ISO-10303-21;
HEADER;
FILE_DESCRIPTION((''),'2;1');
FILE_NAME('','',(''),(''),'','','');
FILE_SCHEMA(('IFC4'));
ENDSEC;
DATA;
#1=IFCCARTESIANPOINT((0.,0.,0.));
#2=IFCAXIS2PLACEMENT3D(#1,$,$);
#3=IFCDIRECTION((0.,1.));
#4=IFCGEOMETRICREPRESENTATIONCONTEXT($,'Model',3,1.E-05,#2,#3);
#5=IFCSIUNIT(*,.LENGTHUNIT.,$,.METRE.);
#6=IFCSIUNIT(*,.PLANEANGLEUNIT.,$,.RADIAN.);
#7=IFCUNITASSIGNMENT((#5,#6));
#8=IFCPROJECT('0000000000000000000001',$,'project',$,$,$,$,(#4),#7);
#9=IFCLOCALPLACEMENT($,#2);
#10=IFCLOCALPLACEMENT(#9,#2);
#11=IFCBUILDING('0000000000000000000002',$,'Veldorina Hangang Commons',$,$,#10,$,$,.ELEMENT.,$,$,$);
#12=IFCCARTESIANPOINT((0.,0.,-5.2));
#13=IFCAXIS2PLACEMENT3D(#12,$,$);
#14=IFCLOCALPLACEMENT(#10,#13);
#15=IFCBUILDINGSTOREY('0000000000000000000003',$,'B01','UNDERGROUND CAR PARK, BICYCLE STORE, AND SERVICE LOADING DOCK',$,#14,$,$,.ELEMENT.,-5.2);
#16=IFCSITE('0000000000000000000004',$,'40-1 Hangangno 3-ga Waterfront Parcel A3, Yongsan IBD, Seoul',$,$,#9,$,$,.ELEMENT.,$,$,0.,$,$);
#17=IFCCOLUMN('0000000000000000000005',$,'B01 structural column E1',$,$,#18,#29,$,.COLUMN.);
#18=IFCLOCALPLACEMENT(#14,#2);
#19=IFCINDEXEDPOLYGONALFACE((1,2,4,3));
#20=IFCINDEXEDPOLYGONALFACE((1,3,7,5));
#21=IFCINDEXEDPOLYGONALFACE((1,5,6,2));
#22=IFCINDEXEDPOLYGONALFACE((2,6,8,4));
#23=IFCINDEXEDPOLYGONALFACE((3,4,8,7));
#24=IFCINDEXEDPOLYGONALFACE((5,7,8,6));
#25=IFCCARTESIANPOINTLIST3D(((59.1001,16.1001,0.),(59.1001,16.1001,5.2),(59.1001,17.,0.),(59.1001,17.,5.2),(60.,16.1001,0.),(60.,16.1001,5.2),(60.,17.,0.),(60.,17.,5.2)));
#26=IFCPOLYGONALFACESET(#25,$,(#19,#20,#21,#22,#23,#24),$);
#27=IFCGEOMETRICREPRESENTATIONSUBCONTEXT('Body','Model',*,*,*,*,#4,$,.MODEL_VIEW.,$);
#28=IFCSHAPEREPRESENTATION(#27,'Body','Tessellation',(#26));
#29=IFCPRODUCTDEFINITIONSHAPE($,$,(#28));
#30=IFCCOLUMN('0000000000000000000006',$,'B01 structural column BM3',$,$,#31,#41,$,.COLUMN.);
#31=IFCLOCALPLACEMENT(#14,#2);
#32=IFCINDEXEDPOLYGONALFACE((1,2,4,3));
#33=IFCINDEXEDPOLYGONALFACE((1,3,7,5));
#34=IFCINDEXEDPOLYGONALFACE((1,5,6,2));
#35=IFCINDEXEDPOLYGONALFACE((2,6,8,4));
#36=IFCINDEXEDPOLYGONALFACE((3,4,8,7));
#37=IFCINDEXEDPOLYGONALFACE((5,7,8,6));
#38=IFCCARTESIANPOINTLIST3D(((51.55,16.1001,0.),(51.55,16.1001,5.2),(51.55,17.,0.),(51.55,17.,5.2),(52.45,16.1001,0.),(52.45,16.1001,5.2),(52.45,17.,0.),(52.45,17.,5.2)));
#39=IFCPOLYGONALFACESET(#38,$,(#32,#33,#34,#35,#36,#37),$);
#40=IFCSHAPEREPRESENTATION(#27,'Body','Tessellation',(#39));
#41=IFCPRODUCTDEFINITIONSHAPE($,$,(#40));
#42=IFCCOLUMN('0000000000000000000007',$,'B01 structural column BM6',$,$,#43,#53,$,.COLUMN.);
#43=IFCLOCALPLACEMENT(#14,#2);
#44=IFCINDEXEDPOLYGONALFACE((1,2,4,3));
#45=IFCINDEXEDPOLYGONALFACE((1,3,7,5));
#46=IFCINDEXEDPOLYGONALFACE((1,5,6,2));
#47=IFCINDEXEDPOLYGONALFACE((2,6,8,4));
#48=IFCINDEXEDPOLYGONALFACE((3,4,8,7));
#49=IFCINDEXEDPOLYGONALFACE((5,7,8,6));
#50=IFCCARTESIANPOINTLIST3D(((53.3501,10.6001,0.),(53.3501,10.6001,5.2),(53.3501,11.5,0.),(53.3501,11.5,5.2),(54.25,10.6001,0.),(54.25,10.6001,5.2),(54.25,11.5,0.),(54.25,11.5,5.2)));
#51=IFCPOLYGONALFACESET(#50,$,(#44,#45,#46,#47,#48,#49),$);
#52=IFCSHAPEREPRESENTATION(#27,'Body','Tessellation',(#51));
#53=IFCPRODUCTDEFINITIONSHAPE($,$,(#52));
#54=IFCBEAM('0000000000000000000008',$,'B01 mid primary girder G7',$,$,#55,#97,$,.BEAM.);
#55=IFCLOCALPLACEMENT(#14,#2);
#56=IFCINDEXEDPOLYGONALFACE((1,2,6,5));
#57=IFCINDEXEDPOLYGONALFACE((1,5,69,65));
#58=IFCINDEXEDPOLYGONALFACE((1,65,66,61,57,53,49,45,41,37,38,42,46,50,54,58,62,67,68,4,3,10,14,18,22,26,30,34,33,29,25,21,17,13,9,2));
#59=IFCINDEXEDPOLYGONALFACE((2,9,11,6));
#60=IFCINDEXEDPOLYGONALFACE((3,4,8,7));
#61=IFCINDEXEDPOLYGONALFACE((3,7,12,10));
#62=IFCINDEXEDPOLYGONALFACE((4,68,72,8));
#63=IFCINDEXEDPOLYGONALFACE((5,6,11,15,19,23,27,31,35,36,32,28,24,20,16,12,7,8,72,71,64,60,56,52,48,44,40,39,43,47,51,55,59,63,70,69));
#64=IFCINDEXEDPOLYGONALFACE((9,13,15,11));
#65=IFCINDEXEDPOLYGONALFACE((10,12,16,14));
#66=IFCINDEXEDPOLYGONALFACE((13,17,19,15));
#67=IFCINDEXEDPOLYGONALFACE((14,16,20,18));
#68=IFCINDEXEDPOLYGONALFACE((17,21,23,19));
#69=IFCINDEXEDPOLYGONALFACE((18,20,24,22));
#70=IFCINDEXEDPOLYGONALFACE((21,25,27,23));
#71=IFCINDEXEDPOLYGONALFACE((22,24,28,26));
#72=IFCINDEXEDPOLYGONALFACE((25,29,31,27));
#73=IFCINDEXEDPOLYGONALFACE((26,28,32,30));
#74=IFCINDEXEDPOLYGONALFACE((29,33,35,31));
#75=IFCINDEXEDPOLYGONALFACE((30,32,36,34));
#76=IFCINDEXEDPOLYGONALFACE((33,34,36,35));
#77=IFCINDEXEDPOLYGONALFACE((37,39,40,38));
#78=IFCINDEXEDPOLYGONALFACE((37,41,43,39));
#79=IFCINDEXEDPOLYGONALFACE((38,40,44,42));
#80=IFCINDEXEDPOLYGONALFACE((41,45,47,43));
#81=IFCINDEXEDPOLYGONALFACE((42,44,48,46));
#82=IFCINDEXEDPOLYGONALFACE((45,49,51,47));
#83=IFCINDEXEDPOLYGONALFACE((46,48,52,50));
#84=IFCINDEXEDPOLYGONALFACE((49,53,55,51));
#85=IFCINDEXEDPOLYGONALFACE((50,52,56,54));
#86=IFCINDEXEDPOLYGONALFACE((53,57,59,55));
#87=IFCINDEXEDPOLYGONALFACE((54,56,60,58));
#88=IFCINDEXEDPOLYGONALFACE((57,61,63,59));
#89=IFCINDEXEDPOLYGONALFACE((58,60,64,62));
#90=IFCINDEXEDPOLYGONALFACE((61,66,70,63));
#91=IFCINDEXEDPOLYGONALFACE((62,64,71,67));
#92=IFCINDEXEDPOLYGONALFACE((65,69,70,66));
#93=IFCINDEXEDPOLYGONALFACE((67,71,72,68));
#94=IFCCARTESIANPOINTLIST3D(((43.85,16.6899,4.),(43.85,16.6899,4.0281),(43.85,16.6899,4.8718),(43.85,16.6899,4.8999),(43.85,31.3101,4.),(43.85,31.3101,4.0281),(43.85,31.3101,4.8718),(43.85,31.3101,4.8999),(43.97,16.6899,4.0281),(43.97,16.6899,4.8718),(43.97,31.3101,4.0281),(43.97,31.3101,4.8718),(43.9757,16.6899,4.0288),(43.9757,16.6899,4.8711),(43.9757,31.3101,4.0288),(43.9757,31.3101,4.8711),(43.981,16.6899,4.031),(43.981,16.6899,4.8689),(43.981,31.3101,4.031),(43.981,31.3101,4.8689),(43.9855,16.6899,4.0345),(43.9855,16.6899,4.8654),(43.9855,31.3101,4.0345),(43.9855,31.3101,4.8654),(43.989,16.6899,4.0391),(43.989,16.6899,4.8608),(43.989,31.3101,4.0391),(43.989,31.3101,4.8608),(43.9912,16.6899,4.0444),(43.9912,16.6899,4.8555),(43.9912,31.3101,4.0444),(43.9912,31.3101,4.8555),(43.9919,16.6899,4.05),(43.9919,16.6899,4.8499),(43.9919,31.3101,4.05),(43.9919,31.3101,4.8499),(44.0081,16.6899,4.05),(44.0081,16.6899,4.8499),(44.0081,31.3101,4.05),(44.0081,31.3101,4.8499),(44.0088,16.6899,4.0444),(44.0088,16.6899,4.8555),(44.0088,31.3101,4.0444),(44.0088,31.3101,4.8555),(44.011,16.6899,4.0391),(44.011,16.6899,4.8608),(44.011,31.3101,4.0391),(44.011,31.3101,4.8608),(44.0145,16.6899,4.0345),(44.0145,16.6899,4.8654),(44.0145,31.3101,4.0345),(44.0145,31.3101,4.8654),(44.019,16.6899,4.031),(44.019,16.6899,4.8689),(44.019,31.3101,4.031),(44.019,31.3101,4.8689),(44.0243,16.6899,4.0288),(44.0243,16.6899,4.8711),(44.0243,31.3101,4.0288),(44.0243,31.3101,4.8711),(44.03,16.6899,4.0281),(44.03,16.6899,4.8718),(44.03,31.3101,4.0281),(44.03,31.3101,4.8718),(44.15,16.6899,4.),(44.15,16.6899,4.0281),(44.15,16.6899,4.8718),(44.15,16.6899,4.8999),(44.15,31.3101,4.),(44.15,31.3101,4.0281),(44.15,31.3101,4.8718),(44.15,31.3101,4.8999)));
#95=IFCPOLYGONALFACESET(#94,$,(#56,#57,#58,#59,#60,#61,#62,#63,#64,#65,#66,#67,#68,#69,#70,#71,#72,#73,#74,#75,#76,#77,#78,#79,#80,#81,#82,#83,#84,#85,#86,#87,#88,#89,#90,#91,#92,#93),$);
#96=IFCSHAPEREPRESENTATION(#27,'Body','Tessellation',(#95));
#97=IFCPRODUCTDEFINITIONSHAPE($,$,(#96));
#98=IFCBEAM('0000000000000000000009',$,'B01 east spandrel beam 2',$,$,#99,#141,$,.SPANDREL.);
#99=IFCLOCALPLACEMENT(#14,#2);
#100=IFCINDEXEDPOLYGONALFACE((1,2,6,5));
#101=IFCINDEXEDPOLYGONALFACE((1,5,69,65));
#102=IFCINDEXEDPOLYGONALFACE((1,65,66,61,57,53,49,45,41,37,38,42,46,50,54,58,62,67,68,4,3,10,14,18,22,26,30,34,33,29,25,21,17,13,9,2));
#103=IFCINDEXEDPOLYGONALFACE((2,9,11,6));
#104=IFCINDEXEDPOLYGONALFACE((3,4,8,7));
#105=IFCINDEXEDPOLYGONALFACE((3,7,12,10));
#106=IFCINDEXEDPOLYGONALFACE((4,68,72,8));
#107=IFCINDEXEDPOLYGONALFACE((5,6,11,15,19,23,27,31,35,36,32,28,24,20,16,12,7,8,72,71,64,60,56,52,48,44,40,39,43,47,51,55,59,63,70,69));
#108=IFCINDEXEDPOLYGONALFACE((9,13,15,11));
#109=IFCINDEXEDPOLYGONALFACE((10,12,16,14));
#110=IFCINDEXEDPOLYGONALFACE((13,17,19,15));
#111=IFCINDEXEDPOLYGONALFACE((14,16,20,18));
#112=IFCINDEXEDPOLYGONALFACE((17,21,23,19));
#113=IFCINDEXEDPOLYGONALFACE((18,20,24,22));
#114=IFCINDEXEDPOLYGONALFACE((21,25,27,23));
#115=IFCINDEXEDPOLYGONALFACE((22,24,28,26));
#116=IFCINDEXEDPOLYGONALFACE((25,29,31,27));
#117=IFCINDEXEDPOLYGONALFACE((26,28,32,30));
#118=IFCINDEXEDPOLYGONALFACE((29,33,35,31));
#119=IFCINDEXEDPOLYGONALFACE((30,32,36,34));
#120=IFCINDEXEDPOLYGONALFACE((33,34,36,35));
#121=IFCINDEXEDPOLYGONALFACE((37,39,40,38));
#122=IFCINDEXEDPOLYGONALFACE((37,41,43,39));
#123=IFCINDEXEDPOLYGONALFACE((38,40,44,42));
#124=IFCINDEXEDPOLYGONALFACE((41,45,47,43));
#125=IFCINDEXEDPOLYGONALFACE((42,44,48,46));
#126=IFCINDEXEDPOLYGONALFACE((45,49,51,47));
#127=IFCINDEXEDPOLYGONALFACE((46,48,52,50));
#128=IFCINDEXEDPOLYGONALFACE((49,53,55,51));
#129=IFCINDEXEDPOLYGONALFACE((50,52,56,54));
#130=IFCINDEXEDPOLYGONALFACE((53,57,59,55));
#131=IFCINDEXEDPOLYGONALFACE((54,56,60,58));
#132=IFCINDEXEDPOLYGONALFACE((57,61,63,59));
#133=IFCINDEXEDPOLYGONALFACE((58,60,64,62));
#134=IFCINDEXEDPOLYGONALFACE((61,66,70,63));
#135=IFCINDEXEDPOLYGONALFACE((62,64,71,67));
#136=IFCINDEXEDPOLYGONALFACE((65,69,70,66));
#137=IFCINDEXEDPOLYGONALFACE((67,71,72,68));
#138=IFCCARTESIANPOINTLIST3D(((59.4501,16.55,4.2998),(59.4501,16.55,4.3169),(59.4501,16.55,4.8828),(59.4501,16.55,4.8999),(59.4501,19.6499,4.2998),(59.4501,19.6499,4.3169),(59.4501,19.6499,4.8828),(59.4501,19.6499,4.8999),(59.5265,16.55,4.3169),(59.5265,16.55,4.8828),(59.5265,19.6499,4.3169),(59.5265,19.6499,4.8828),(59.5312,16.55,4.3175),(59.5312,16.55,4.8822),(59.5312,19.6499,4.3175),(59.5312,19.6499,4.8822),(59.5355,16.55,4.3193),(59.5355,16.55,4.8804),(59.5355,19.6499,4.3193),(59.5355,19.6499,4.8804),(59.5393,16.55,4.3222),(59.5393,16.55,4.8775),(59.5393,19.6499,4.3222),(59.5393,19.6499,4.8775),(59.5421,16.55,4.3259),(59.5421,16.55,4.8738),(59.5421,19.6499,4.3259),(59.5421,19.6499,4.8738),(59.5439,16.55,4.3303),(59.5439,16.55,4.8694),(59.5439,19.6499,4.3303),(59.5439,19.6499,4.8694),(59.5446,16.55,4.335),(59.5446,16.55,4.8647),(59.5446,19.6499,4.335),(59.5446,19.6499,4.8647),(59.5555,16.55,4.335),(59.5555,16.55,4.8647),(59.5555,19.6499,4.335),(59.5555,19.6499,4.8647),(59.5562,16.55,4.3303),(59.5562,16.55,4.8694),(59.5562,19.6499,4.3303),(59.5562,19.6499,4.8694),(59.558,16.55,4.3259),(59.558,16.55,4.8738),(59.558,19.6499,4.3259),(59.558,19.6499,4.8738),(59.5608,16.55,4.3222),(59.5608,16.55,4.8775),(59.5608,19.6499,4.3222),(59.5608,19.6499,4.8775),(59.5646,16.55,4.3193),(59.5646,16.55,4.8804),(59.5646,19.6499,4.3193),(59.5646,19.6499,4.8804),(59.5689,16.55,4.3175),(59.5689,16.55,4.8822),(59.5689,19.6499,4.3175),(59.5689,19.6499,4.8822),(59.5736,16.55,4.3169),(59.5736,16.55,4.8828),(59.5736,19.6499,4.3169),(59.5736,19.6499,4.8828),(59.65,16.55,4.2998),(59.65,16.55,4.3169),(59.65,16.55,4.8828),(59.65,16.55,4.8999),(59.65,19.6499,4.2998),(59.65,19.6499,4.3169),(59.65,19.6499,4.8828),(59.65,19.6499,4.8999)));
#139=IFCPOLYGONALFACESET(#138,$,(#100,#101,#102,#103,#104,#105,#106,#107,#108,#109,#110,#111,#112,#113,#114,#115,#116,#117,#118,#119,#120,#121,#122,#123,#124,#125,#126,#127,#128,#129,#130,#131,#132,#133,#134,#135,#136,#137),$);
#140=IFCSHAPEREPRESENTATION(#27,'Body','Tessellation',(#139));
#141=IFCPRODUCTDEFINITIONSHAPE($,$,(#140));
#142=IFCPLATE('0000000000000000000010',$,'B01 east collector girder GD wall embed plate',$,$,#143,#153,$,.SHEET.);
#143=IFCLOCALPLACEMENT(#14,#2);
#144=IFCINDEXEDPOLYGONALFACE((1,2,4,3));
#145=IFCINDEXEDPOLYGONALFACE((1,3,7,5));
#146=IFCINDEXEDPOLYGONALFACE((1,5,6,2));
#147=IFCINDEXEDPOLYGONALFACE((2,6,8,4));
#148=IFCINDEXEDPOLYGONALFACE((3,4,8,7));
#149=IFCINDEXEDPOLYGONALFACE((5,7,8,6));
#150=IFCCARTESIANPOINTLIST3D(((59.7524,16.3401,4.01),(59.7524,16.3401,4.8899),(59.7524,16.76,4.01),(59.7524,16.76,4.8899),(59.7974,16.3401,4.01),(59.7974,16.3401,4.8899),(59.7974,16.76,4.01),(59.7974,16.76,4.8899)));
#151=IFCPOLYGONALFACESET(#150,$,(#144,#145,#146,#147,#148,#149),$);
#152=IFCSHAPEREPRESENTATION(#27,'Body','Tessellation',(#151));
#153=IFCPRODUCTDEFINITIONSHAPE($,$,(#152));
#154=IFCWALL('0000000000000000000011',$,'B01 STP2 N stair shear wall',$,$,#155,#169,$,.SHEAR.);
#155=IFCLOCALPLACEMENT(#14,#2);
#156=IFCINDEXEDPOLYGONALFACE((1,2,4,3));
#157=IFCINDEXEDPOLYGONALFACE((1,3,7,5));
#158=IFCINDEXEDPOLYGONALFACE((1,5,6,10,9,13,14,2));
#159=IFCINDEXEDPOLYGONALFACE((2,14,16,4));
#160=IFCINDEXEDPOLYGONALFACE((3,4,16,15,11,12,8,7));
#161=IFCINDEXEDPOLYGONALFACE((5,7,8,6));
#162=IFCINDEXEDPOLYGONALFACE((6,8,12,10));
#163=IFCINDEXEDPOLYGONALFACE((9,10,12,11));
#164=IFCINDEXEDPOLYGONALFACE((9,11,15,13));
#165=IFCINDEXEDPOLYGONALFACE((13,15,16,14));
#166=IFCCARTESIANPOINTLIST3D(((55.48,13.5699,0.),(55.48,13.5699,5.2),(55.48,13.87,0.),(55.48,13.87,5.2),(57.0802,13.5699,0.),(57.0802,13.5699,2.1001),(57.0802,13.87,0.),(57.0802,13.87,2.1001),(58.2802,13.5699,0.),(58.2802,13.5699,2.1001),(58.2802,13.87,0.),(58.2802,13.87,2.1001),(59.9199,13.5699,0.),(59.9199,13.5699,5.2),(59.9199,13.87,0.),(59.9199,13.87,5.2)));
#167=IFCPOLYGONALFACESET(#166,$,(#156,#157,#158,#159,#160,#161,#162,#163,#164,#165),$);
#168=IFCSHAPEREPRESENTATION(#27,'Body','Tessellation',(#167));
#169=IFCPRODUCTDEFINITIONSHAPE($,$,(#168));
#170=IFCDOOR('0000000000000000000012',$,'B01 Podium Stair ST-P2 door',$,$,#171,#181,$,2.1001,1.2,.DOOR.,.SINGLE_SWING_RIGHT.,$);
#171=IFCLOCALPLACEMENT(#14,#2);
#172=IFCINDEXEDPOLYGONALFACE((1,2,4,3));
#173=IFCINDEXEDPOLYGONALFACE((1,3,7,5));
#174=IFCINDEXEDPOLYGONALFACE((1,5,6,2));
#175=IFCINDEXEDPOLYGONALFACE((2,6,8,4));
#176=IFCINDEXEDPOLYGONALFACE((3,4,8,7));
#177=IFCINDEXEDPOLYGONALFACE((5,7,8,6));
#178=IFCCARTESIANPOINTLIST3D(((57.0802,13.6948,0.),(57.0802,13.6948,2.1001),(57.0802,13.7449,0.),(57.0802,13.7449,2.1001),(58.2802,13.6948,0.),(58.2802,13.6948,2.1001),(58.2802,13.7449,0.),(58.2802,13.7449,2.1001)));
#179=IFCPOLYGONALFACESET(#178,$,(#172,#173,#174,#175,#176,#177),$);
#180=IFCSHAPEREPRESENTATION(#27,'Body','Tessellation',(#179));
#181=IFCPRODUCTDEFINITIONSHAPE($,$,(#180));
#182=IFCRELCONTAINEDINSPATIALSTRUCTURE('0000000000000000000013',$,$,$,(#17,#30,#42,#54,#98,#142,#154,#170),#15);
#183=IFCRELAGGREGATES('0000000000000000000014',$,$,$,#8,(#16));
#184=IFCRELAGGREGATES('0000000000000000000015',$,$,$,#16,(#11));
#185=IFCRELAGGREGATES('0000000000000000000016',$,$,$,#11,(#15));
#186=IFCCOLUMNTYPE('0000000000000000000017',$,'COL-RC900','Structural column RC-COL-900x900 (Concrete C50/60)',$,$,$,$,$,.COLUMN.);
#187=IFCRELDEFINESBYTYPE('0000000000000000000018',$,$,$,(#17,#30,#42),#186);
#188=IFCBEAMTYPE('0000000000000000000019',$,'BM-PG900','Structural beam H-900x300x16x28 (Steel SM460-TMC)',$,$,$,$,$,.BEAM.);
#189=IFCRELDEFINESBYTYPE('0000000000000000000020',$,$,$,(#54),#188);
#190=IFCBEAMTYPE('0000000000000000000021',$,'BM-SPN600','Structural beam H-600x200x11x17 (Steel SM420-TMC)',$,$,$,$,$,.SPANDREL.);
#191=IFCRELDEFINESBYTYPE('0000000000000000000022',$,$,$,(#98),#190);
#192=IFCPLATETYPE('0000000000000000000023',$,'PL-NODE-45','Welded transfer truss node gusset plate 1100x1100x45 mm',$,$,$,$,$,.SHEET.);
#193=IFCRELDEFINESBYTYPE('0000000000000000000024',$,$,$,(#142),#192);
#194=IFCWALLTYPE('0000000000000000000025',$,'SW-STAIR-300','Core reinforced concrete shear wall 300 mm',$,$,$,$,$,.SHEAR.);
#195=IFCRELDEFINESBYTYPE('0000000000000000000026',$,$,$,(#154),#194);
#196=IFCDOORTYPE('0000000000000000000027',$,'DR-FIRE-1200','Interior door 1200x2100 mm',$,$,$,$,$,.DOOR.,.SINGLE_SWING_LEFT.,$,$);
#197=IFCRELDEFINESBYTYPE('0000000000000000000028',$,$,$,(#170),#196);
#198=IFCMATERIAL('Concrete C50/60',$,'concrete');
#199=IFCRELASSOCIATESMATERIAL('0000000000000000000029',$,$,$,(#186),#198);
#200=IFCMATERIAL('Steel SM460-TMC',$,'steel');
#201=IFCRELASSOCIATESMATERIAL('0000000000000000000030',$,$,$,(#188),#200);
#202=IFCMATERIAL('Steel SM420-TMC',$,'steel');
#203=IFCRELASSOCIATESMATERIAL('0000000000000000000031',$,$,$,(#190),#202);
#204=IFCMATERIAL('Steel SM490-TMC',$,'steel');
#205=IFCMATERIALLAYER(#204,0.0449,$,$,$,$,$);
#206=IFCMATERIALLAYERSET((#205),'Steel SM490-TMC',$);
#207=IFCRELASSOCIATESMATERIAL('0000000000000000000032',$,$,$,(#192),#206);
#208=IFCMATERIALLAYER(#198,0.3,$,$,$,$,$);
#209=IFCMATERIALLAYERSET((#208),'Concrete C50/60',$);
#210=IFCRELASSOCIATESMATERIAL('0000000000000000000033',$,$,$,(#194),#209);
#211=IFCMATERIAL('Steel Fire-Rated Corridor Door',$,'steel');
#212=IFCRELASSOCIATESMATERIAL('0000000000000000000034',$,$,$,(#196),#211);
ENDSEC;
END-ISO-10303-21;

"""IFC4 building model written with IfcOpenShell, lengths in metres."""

from ifc_helpers import new_model, si_unit, direction, frame, frame_2d, origin, origin_2d, place, context, subcontext, project, spatial, rectangle, i_section, extrude, material, layer, layer_set, material_profile, profile_set, type_object, element, fill, save


model = new_model("IFC4")

# Units and contexts
model_context = context("Model", 3, precision=1e-05, world=origin(), true_north=direction((0.0, 1.0)))
body_context = subcontext(model_context, "Body", "Model", "MODEL_VIEW")
ifc_project = project(units=[si_unit("LENGTHUNIT", "METRE"), si_unit("PLANEANGLEUNIT", "RADIAN")], contexts=[model_context])

# Site, building, storey
site_placement = place(None, origin())
site = spatial("IfcSite", under=ifc_project, at=site_placement, Name="40-1 Hangangno 3-ga Waterfront Parcel A3, Yongsan IBD, Seoul", CompositionType="ELEMENT", RefElevation=0.0)
building_placement = place(site_placement, origin())
building = spatial("IfcBuilding", under=site, at=building_placement, Name="Veldorina Hangang Commons", CompositionType="ELEMENT")
storey_placement = place(building_placement, frame((0.0, 0.0, -5.2)))
storey = spatial("IfcBuildingStorey", under=building, at=storey_placement, Name="B01", Description="UNDERGROUND CAR PARK, BICYCLE STORE, AND SERVICE LOADING DOCK", CompositionType="ELEMENT", Elevation=-5.2)

# Columns
ifc_material_1 = material(Name="Concrete C50/60", Category="concrete")
ifc_material_profile_1 = material_profile(ifc_material_1, rectangle(XDim=0.8999, YDim=0.8999, at=origin_2d()), Name="RC-COL-900x900")
ifc_profile_set_1 = profile_set([ifc_material_profile_1], Name="Concrete C50/60")
column_type = type_object("IfcColumnType", Name="COL-RC900", Description="Structural column RC-COL-900x900 (Concrete C50/60)", PredefinedType="COLUMN", material=ifc_profile_set_1)
for number, where, z_axis, x_axis, name in (
    (1, (59.55, 16.55, 0.0), (0.0, 0.0, 1.0), (1.0, 0.0, 0.0), "B01 structural column E1"),
    (2, (52.0, 16.55, 0.0), (0.0, 0.0, 1.0), (1.0, 0.0, 0.0), "B01 structural column BM3"),
    (3, (53.8, 11.05, 0.0), (0.0, 0.0, 1.0), (1.0, 0.0, 0.0), "B01 structural column BM6"),
):
    element("IfcColumn", number, at=place(storey_placement, frame(where, z_axis=z_axis, x_axis=x_axis)), inside=storey, type_object=column_type, Name=name, PredefinedType="COLUMN", context=body_context, shape_type="SweptSolid", body=[
        extrude(rectangle(XDim=0.8999, YDim=0.8999, at=origin_2d()), origin(), (0.0, 0.0, 1.0), 5.2),
    ])

# Beams
ifc_material_2 = material(Name="Steel SM460-TMC", Category="steel")
ifc_material_profile_2 = material_profile(ifc_material_2, i_section(OverallWidth=0.3, OverallDepth=0.8999, WebThickness=0.0161, FlangeThickness=0.0281, FilletRadius=0.022, at=origin_2d()), Name="H-900x300x16x28")
ifc_profile_set_2 = profile_set([ifc_material_profile_2], Name="Steel SM460-TMC")
beam_type_1 = type_object("IfcBeamType", Name="BM-PG900", Description="Structural beam H-900x300x16x28 (Steel SM460-TMC)", PredefinedType="BEAM", material=ifc_profile_set_2)
beam_1_placement = place(storey_placement, frame((44.0, 16.6899, 4.45), z_axis=(0.0, 1.0, 0.0), x_axis=(-1.0, 0.0, 0.0)))
element("IfcBeam", 4, at=beam_1_placement, inside=storey, type_object=beam_type_1, Name="B01 mid primary girder G7", PredefinedType="BEAM", context=body_context, shape_type="SweptSolid", body=[
    extrude(i_section(OverallWidth=0.3, OverallDepth=0.8999, WebThickness=0.0161, FlangeThickness=0.0281, FilletRadius=0.022, at=origin_2d()), origin(), (0.0, 0.0, 1.0), 14.6201),
])
ifc_material_3 = material(Name="Steel SM420-TMC", Category="steel")
ifc_material_profile_3 = material_profile(ifc_material_3, i_section(OverallWidth=0.2, OverallDepth=0.6001, WebThickness=0.011, FlangeThickness=0.0171, FilletRadius=0.0181, at=origin_2d()), Name="H-600x200x11x17")
ifc_profile_set_3 = profile_set([ifc_material_profile_3], Name="Steel SM420-TMC")
beam_type_2 = type_object("IfcBeamType", Name="BM-SPN600", Description="Structural beam H-600x200x11x17 (Steel SM420-TMC)", PredefinedType="SPANDREL", material=ifc_profile_set_3)
beam_2_placement = place(storey_placement, frame((59.55, 16.55, 4.5999), z_axis=(0.0, 1.0, 0.0), x_axis=(-1.0, 0.0, 0.0)))
element("IfcBeam", 5, at=beam_2_placement, inside=storey, type_object=beam_type_2, Name="B01 east spandrel beam 2", PredefinedType="SPANDREL", context=body_context, shape_type="SweptSolid", body=[
    extrude(i_section(OverallWidth=0.2, OverallDepth=0.6001, WebThickness=0.011, FlangeThickness=0.0171, FilletRadius=0.0181, at=origin_2d()), origin(), (0.0, 0.0, 1.0), 3.0999),
])

# Plate
ifc_material_4 = material(Name="Steel SM490-TMC", Category="steel")
ifc_layer_1 = layer(ifc_material_4, 0.0449)
ifc_layer_set_1 = layer_set([ifc_layer_1], Name="Steel SM490-TMC")
plate_type = type_object("IfcPlateType", Name="PL-NODE-45", Description="Welded transfer truss node gusset plate 1100x1100x45 mm", PredefinedType="SHEET", material=ifc_layer_set_1)
plate_placement = place(storey_placement, frame((59.7749, 16.55, 4.01), z_axis=(0.0, 0.0, 1.0), x_axis=(1.0, 0.0, 0.0)))
element("IfcPlate", 6, at=plate_placement, inside=storey, type_object=plate_type, Name="B01 east collector girder GD wall embed plate", PredefinedType="SHEET", context=body_context, shape_type="SweptSolid", body=[
    extrude(rectangle(XDim=0.0449, YDim=0.4199, at=origin_2d()), origin(), (0.0, 0.0, 1.0), 0.8799),
])

# Wall, opening, door
ifc_layer_2 = layer(ifc_material_1, 0.3)
ifc_layer_set_2 = layer_set([ifc_layer_2], Name="Concrete C50/60")
wall_type_1 = type_object("IfcWallType", Name="SW-STAIR-300", Description="Core reinforced concrete shear wall 300 mm", PredefinedType="SHEAR", material=ifc_layer_set_2)
wall_1_placement = place(storey_placement, frame((55.48, 13.72, 0.0), z_axis=(0.0, 0.0, 1.0), x_axis=(1.0, 0.0, 0.0)))
wall_1 = element("IfcWall", 7, at=wall_1_placement, inside=storey, type_object=wall_type_1, Name="B01 STP2 N stair shear wall", PredefinedType="SHEAR", context=body_context, shape_type="SweptSolid", body=[
    extrude(rectangle(XDim=4.4399, YDim=0.3, at=frame_2d((2.22, 0.0))), origin(), (0.0, 0.0, 1.0), 5.2),
])
opening_1_placement = place(wall_1_placement, frame((1.6001, 0.0, 0.0)))
opening_1 = element("IfcOpeningElement", 8, at=opening_1_placement, cuts=wall_1, PredefinedType="OPENING", context=body_context, shape_type="SweptSolid", body=[
    extrude(rectangle(XDim=1.2, YDim=2.1001, at=frame_2d((0.6001, 1.05))), frame((0.0, 0.1602, 0.0), z_axis=(0.0, -1.0, 0.0), x_axis=(1.0, 0.0, 0.0)), (0.0, 0.0, 1.0), 0.3201),
])
ifc_material_5 = material(Name="Steel Fire-Rated Corridor Door", Category="steel")
door_type_1 = type_object("IfcDoorType", Name="DR-FIRE-1200", Description="Interior door 1200x2100 mm", OperationType="SINGLE_SWING_LEFT", PredefinedType="DOOR", material=ifc_material_5)
door_1_placement = place(opening_1_placement, origin())
door_1 = element("IfcDoor", 9, at=door_1_placement, inside=storey, type_object=door_type_1, Name="B01 Podium Stair ST-P2 door", OperationType="SINGLE_SWING_RIGHT", OverallHeight=2.1001, OverallWidth=1.2, PredefinedType="DOOR", context=body_context, shape_type="SweptSolid", body=[
    extrude(rectangle(XDim=1.2, YDim=2.1001, at=frame_2d((0.6001, 1.05))), frame((0.0, 0.0249, 0.0), z_axis=(0.0, -1.0, 0.0), x_axis=(1.0, 0.0, 0.0)), (0.0, 0.0, 1.0), 0.05),
])
fill(opening_1, door_1)

save(model, "model.ifc")
